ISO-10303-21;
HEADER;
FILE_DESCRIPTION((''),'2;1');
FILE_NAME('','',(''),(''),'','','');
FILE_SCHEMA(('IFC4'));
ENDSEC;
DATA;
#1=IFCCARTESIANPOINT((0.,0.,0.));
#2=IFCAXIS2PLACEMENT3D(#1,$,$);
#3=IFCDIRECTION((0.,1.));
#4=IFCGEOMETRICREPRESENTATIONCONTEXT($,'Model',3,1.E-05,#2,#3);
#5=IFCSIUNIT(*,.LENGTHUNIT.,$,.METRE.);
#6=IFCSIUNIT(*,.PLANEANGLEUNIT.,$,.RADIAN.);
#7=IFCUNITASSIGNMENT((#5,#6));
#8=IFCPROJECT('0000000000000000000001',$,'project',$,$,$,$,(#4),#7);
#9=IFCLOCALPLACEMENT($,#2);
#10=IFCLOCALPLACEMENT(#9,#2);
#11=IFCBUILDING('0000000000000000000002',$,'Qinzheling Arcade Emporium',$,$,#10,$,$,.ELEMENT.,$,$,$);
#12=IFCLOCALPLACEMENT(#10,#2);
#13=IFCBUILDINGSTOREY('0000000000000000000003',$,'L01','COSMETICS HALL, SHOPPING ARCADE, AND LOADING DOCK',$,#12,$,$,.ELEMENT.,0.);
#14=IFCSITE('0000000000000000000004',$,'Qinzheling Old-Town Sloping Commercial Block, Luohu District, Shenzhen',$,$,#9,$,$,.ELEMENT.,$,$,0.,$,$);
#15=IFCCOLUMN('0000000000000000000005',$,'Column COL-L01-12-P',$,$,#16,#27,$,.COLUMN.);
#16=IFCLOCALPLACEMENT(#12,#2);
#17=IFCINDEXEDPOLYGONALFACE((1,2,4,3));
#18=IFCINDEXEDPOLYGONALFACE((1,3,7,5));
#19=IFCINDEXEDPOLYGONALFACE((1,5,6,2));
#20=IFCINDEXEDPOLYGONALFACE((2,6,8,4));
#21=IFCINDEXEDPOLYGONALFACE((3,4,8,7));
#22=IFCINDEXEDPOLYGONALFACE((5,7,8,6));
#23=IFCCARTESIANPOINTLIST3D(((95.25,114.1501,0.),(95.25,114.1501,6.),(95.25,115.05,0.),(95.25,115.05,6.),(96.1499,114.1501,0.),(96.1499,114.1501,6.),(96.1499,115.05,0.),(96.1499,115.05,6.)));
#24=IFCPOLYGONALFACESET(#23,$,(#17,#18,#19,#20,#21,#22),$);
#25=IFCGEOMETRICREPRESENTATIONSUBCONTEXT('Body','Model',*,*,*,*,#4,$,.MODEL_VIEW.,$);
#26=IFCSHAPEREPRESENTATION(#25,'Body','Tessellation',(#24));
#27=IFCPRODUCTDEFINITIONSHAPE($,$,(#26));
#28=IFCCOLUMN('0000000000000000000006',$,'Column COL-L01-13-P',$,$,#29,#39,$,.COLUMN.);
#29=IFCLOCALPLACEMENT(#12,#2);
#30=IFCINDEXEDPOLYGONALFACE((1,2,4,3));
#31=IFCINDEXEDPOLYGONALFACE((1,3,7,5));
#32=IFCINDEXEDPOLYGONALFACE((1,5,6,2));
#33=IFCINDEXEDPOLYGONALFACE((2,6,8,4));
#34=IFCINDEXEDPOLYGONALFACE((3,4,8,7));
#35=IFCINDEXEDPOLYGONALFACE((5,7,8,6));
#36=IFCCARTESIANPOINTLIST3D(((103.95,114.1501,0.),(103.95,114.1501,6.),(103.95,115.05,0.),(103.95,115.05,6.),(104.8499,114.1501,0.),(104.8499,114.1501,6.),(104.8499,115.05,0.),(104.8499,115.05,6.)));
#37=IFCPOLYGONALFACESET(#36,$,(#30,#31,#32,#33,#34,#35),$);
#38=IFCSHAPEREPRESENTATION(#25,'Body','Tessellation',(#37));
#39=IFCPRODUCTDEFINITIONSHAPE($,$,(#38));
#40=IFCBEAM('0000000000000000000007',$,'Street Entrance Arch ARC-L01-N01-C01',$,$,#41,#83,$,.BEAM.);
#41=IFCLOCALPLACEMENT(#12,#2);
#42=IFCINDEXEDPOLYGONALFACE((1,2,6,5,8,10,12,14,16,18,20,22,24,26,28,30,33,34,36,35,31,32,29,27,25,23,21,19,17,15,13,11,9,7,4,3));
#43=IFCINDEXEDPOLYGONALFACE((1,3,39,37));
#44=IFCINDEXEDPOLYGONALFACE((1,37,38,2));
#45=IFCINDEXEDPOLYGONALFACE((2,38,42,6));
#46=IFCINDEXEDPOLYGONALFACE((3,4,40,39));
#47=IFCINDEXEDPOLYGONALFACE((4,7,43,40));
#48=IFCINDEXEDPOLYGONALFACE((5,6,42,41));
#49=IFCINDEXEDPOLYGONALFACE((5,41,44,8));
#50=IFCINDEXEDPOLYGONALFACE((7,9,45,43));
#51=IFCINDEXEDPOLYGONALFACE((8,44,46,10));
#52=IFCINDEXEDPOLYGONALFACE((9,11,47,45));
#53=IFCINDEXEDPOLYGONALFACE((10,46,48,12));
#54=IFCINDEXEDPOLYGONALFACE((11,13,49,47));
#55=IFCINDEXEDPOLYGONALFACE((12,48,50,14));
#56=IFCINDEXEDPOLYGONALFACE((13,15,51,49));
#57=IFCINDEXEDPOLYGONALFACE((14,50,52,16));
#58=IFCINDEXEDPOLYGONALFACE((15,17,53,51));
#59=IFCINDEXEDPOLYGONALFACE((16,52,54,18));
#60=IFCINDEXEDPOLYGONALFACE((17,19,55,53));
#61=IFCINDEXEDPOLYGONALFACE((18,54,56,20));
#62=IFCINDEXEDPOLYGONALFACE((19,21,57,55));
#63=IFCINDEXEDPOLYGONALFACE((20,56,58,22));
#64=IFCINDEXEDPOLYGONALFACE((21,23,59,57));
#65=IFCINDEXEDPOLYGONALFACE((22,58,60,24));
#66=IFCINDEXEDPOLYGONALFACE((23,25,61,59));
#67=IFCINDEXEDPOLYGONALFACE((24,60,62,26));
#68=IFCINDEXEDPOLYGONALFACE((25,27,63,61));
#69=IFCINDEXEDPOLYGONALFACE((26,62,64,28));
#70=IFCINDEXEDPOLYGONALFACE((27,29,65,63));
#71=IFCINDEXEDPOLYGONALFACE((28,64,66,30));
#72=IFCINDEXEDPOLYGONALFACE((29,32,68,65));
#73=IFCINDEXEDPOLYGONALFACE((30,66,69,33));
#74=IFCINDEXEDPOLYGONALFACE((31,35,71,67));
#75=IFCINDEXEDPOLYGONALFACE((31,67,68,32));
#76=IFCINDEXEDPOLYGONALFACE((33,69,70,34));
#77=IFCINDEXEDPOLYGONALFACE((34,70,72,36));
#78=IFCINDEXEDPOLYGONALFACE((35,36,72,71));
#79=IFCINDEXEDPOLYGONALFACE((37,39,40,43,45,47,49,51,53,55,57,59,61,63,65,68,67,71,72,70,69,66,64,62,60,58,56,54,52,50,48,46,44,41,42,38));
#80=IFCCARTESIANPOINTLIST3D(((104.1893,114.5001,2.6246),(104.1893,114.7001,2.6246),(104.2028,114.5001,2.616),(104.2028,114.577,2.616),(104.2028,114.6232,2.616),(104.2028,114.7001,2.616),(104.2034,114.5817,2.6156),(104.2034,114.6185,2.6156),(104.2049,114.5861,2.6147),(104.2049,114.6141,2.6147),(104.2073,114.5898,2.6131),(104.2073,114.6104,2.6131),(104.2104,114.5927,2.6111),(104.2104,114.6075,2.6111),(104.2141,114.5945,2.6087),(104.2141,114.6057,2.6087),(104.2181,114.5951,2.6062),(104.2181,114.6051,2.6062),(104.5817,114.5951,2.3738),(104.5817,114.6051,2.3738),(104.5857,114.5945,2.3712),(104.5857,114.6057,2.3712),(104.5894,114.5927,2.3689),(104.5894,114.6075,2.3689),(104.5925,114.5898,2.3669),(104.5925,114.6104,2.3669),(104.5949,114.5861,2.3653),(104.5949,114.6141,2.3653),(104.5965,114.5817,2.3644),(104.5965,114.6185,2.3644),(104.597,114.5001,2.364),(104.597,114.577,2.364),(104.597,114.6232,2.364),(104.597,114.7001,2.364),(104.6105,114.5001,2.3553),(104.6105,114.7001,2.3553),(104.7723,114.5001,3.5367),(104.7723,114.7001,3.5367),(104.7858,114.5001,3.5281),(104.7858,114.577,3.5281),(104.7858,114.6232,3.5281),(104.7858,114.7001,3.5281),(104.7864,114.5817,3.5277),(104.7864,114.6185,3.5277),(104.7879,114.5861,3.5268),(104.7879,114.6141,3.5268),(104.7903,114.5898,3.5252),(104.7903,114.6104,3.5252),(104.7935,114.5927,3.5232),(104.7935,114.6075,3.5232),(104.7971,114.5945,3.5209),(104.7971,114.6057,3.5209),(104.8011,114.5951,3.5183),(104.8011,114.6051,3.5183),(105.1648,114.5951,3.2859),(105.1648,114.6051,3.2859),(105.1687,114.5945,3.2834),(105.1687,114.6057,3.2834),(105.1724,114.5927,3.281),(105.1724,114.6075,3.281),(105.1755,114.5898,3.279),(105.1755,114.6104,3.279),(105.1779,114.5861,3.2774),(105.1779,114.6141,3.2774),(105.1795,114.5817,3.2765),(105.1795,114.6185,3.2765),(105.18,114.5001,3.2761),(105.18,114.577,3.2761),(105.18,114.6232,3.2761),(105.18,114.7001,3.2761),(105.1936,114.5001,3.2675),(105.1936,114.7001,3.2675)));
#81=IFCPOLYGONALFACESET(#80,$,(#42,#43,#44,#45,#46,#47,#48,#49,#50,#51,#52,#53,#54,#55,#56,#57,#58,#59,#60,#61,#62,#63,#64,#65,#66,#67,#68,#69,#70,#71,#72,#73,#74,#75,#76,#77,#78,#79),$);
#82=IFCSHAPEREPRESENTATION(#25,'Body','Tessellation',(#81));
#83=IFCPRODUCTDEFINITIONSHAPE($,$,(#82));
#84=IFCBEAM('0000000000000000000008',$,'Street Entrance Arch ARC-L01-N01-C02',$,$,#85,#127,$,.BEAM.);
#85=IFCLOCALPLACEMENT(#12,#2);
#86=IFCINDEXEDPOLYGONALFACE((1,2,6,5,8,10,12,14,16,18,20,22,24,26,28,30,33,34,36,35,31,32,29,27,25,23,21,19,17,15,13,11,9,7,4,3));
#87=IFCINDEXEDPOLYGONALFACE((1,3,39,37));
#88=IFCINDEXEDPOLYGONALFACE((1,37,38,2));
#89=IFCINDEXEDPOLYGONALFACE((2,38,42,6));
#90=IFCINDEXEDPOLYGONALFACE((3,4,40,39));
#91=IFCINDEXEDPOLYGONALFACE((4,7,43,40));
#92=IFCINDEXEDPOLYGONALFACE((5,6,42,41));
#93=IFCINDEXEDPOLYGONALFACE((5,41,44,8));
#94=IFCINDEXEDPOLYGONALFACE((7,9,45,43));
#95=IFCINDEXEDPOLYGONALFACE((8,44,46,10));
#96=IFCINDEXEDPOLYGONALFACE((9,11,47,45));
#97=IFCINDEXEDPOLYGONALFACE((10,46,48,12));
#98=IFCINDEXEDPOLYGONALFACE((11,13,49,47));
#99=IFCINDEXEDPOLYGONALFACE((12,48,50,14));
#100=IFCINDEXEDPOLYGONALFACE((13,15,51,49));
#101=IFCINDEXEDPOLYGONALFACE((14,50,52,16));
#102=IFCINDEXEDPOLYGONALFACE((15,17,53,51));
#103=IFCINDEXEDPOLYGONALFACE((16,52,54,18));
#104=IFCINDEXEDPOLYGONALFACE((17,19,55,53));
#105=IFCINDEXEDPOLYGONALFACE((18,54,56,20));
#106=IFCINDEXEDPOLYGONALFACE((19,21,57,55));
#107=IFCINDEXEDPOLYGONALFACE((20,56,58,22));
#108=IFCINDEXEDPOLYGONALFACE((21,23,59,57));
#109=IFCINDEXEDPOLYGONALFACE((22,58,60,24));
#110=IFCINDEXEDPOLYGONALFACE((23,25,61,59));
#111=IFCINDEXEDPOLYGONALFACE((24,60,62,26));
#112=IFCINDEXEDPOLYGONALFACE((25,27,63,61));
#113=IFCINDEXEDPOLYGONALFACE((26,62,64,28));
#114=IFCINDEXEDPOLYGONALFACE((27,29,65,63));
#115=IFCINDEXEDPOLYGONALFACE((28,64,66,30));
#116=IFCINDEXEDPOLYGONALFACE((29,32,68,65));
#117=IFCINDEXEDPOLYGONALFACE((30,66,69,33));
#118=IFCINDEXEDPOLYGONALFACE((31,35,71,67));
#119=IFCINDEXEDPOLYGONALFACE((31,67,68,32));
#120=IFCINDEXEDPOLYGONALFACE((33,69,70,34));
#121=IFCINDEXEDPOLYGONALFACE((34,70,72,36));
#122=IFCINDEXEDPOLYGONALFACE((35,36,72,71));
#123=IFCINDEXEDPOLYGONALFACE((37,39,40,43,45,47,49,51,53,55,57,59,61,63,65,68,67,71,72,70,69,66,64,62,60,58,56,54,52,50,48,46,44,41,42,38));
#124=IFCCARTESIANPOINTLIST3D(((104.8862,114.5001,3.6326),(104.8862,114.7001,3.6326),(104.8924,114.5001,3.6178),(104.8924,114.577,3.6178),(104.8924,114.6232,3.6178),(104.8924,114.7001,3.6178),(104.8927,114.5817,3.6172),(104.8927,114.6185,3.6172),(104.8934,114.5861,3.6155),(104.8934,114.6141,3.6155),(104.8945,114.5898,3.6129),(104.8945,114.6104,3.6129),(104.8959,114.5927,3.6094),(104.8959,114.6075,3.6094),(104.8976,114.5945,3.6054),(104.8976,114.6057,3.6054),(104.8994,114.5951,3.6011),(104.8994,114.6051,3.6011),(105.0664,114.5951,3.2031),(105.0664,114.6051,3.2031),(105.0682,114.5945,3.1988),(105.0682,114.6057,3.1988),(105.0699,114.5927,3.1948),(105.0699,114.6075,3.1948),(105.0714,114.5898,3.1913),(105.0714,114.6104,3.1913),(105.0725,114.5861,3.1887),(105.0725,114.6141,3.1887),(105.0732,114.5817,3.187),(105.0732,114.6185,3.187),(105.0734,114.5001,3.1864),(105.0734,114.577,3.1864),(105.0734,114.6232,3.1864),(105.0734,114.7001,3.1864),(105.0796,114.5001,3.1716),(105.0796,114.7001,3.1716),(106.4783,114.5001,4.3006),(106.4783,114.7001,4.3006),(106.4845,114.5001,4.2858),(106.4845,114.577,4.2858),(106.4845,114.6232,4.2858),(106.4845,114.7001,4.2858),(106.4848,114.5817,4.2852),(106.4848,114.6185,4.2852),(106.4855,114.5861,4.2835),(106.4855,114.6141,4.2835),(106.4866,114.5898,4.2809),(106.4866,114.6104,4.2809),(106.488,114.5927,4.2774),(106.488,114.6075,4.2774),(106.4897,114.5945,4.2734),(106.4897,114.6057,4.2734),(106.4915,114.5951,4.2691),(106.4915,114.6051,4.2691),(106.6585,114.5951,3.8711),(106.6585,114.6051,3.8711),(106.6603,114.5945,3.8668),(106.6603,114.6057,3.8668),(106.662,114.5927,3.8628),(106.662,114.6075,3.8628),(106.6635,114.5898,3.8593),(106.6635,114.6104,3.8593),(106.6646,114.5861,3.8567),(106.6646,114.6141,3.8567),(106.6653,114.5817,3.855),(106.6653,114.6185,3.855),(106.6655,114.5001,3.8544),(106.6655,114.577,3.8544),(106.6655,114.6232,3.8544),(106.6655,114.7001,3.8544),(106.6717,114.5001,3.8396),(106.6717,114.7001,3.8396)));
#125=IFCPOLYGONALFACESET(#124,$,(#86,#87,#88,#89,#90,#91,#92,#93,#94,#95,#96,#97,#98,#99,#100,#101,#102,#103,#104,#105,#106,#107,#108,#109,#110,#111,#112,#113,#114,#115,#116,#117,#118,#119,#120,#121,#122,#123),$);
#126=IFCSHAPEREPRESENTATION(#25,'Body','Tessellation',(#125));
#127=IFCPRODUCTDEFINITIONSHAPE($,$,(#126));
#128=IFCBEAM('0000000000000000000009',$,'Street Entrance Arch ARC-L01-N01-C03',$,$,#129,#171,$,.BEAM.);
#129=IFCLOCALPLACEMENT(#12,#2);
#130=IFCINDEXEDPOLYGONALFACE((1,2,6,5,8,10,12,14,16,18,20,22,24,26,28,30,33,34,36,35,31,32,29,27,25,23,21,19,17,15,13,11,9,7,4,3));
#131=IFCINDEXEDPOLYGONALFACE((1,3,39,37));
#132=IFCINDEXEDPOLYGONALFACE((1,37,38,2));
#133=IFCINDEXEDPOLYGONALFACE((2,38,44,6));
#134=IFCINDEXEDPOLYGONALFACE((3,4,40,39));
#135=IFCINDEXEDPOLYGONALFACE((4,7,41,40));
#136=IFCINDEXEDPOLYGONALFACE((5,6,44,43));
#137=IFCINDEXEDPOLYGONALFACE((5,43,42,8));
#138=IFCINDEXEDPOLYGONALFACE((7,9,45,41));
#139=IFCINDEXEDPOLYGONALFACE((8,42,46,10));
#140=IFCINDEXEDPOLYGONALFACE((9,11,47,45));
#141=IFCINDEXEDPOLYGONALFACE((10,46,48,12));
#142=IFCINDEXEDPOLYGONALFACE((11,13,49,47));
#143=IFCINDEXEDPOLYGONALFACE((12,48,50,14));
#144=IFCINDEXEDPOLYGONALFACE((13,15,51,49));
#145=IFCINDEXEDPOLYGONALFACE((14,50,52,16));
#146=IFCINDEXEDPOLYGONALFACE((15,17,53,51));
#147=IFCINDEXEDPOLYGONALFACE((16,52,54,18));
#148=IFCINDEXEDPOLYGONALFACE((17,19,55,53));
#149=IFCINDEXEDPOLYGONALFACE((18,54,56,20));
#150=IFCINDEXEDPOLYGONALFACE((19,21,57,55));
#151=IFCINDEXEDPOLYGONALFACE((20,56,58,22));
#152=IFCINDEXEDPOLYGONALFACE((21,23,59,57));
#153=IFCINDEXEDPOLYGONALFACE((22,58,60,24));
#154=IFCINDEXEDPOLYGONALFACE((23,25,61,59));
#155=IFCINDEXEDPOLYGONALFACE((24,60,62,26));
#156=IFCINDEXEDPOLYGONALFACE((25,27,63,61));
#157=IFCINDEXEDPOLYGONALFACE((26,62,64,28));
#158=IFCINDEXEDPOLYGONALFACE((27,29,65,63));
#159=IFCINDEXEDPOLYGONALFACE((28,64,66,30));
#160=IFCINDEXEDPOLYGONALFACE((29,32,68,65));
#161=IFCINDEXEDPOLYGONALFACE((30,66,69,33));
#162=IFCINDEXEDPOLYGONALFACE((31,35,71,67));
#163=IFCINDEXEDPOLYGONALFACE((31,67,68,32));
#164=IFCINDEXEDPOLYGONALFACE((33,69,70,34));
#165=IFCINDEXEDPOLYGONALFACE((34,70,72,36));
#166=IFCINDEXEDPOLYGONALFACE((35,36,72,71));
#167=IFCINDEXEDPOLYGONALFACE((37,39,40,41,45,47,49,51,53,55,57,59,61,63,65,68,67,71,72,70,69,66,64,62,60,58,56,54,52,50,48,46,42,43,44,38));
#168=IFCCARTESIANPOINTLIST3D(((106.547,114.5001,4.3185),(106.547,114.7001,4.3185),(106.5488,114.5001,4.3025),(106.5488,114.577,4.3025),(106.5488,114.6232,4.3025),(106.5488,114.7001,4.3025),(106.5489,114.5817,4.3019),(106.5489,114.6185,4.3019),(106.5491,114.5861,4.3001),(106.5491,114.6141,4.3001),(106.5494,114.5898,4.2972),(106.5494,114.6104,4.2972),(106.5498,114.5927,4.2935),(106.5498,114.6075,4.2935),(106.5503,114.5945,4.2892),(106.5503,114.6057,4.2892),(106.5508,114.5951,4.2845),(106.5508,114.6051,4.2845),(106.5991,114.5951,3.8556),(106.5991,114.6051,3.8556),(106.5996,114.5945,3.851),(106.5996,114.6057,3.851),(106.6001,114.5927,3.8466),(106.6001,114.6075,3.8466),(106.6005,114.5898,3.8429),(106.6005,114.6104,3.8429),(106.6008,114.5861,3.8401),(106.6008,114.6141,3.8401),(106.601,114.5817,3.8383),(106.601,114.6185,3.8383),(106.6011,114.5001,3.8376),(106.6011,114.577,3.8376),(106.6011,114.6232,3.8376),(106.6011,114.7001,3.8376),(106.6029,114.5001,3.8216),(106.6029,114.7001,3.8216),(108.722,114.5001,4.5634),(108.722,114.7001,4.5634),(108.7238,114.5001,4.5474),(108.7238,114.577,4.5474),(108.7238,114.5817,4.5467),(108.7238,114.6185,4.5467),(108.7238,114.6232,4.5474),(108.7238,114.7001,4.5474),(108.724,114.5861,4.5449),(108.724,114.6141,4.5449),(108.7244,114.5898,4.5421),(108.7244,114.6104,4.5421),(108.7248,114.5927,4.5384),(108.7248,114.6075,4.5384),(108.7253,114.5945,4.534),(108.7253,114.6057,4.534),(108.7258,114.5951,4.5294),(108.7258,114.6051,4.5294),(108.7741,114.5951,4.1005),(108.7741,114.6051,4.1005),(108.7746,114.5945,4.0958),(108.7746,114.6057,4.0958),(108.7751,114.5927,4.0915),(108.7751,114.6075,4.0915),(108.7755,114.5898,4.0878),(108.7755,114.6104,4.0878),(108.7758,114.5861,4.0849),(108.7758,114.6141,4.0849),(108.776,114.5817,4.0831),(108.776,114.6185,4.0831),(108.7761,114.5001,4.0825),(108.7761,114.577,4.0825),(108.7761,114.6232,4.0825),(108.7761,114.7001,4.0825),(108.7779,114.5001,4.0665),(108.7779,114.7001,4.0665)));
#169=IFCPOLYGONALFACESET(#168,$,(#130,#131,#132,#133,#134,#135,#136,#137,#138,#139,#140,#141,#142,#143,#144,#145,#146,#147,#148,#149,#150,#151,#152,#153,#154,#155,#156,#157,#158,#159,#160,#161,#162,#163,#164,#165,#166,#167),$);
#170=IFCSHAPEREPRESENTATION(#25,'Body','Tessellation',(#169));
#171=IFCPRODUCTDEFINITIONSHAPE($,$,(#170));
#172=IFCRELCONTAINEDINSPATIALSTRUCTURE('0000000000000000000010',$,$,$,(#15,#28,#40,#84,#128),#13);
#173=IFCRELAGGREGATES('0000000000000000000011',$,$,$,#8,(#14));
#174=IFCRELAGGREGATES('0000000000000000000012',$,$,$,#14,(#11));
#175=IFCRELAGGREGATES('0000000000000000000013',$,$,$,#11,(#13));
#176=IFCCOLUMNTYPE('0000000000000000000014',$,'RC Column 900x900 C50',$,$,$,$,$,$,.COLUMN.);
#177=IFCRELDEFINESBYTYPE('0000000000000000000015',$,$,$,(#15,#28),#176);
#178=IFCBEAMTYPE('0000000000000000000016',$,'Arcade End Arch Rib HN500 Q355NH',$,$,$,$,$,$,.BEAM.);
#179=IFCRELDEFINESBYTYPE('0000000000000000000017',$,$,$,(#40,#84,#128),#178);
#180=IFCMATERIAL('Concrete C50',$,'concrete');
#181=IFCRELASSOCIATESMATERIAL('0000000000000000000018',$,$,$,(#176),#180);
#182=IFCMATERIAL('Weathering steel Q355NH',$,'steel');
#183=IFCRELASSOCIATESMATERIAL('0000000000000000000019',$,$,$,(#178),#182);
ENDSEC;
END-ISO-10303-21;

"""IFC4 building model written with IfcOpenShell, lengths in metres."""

from ifc_helpers import new_model, si_unit, direction, frame, origin, origin_2d, place, context, subcontext, project, spatial, rectangle, i_section, extrude, material, material_profile, profile_set, type_object, element, save


model = new_model("IFC4")

# Units and contexts
model_context = context("Model", 3, precision=1e-05, world=origin(), true_north=direction((0.0, 1.0)))
body_context = subcontext(model_context, "Body", "Model", "MODEL_VIEW")
ifc_project = project(units=[si_unit("LENGTHUNIT", "METRE"), si_unit("PLANEANGLEUNIT", "RADIAN")], contexts=[model_context])

# Site, building, storey
site_placement = place(None, origin())
site = spatial("IfcSite", under=ifc_project, at=site_placement, Name="Qinzheling Old-Town Sloping Commercial Block, Luohu District, Shenzhen", CompositionType="ELEMENT", RefElevation=0.0)
building_placement = place(site_placement, origin())
building = spatial("IfcBuilding", under=site, at=building_placement, Name="Qinzheling Arcade Emporium", CompositionType="ELEMENT")
storey_placement = place(building_placement, origin())
storey = spatial("IfcBuildingStorey", under=building, at=storey_placement, Name="L01", Description="COSMETICS HALL, SHOPPING ARCADE, AND LOADING DOCK", CompositionType="ELEMENT", Elevation=0.0)

# Columns
ifc_material_1 = material(Name="Concrete C50", Category="concrete")
ifc_material_profile_1 = material_profile(ifc_material_1, rectangle(XDim=0.8999, YDim=0.8999, at=origin_2d()), Name="RC 900x900", Category="concrete")
ifc_profile_set_1 = profile_set([ifc_material_profile_1], Name="Concrete C50")
column_type = type_object("IfcColumnType", Name="RC Column 900x900 C50", PredefinedType="COLUMN", material=ifc_profile_set_1)
for number, where, z_axis, x_axis, name in (
    (1, (95.7, 114.6001, 0.0), (0.0, 0.0, 1.0), (1.0, 0.0, 0.0), "Column COL-L01-12-P"),
    (2, (104.3999, 114.6001, 0.0), (0.0, 0.0, 1.0), (1.0, 0.0, 0.0), "Column COL-L01-13-P"),
):
    element("IfcColumn", number, at=place(storey_placement, frame(where, z_axis=z_axis, x_axis=x_axis)), inside=storey, type_object=column_type, Name=name, PredefinedType="COLUMN", context=body_context, shape_type="SweptSolid", body=[
        extrude(rectangle(XDim=0.8999, YDim=0.8999, at=origin_2d()), origin(), (0.0, 0.0, 1.0), 6.0),
    ])

# Beams
ifc_material_2 = material(Name="Weathering steel Q355NH", Category="steel")
ifc_material_profile_2 = material_profile(ifc_material_2, i_section(OverallWidth=0.2, OverallDepth=0.5, WebThickness=0.01, FlangeThickness=0.0161, FilletRadius=0.0181, at=origin_2d()), Name="HN 500x200x10x16", Category="steel")
ifc_profile_set_2 = profile_set([ifc_material_profile_2], Name="Weathering steel Q355NH")
beam_type_1 = type_object("IfcBeamType", Name="Arcade End Arch Rib HN500 Q355NH", PredefinedType="BEAM", material=ifc_profile_set_2)
beam_1_placement = place(storey_placement, frame((104.3999, 114.6001, 2.49), z_axis=(0.538567, 0.0, 0.842583), x_axis=(0.0, 1.0, 0.0)))
element("IfcBeam", 3, at=beam_1_placement, inside=storey, type_object=beam_type_1, Name="Street Entrance Arch ARC-L01-N01-C01", PredefinedType="BEAM", context=body_context, shape_type="SweptSolid", body=[
    extrude(i_section(OverallWidth=0.2, OverallDepth=0.5, WebThickness=0.01, FlangeThickness=0.0161, FilletRadius=0.0181, at=origin_2d()), origin(), (0.0, 0.0, 1.0), 1.0825),
])
beam_2_placement = place(storey_placement, frame((104.9829, 114.6001, 3.4021), z_axis=(0.922124, 0.0, 0.386893), x_axis=(0.0, 1.0, 0.0)))
element("IfcBeam", 4, at=beam_2_placement, inside=storey, type_object=beam_type_1, Name="Street Entrance Arch ARC-L01-N01-C02", PredefinedType="BEAM", context=body_context, shape_type="SweptSolid", body=[
    extrude(i_section(OverallWidth=0.2, OverallDepth=0.5, WebThickness=0.01, FlangeThickness=0.0161, FilletRadius=0.0181, at=origin_2d()), origin(), (0.0, 0.0, 1.0), 1.7266),
])
for number, where, z_axis, x_axis, name in (
    (5, (106.575, 114.6001, 4.0701), (0.993722, 0.0, 0.111876), (0.0, 1.0, 0.0), "Street Entrance Arch ARC-L01-N01-C03"),
):
    element("IfcBeam", number, at=place(storey_placement, frame(where, z_axis=z_axis, x_axis=x_axis)), inside=storey, type_object=beam_type_1, Name=name, PredefinedType="BEAM", context=body_context, shape_type="SweptSolid", body=[
        extrude(i_section(OverallWidth=0.2, OverallDepth=0.5, WebThickness=0.01, FlangeThickness=0.0161, FilletRadius=0.0181, at=origin_2d()), origin(), (0.0, 0.0, 1.0), 2.1887),
    ])

save(model, "model.ifc")
